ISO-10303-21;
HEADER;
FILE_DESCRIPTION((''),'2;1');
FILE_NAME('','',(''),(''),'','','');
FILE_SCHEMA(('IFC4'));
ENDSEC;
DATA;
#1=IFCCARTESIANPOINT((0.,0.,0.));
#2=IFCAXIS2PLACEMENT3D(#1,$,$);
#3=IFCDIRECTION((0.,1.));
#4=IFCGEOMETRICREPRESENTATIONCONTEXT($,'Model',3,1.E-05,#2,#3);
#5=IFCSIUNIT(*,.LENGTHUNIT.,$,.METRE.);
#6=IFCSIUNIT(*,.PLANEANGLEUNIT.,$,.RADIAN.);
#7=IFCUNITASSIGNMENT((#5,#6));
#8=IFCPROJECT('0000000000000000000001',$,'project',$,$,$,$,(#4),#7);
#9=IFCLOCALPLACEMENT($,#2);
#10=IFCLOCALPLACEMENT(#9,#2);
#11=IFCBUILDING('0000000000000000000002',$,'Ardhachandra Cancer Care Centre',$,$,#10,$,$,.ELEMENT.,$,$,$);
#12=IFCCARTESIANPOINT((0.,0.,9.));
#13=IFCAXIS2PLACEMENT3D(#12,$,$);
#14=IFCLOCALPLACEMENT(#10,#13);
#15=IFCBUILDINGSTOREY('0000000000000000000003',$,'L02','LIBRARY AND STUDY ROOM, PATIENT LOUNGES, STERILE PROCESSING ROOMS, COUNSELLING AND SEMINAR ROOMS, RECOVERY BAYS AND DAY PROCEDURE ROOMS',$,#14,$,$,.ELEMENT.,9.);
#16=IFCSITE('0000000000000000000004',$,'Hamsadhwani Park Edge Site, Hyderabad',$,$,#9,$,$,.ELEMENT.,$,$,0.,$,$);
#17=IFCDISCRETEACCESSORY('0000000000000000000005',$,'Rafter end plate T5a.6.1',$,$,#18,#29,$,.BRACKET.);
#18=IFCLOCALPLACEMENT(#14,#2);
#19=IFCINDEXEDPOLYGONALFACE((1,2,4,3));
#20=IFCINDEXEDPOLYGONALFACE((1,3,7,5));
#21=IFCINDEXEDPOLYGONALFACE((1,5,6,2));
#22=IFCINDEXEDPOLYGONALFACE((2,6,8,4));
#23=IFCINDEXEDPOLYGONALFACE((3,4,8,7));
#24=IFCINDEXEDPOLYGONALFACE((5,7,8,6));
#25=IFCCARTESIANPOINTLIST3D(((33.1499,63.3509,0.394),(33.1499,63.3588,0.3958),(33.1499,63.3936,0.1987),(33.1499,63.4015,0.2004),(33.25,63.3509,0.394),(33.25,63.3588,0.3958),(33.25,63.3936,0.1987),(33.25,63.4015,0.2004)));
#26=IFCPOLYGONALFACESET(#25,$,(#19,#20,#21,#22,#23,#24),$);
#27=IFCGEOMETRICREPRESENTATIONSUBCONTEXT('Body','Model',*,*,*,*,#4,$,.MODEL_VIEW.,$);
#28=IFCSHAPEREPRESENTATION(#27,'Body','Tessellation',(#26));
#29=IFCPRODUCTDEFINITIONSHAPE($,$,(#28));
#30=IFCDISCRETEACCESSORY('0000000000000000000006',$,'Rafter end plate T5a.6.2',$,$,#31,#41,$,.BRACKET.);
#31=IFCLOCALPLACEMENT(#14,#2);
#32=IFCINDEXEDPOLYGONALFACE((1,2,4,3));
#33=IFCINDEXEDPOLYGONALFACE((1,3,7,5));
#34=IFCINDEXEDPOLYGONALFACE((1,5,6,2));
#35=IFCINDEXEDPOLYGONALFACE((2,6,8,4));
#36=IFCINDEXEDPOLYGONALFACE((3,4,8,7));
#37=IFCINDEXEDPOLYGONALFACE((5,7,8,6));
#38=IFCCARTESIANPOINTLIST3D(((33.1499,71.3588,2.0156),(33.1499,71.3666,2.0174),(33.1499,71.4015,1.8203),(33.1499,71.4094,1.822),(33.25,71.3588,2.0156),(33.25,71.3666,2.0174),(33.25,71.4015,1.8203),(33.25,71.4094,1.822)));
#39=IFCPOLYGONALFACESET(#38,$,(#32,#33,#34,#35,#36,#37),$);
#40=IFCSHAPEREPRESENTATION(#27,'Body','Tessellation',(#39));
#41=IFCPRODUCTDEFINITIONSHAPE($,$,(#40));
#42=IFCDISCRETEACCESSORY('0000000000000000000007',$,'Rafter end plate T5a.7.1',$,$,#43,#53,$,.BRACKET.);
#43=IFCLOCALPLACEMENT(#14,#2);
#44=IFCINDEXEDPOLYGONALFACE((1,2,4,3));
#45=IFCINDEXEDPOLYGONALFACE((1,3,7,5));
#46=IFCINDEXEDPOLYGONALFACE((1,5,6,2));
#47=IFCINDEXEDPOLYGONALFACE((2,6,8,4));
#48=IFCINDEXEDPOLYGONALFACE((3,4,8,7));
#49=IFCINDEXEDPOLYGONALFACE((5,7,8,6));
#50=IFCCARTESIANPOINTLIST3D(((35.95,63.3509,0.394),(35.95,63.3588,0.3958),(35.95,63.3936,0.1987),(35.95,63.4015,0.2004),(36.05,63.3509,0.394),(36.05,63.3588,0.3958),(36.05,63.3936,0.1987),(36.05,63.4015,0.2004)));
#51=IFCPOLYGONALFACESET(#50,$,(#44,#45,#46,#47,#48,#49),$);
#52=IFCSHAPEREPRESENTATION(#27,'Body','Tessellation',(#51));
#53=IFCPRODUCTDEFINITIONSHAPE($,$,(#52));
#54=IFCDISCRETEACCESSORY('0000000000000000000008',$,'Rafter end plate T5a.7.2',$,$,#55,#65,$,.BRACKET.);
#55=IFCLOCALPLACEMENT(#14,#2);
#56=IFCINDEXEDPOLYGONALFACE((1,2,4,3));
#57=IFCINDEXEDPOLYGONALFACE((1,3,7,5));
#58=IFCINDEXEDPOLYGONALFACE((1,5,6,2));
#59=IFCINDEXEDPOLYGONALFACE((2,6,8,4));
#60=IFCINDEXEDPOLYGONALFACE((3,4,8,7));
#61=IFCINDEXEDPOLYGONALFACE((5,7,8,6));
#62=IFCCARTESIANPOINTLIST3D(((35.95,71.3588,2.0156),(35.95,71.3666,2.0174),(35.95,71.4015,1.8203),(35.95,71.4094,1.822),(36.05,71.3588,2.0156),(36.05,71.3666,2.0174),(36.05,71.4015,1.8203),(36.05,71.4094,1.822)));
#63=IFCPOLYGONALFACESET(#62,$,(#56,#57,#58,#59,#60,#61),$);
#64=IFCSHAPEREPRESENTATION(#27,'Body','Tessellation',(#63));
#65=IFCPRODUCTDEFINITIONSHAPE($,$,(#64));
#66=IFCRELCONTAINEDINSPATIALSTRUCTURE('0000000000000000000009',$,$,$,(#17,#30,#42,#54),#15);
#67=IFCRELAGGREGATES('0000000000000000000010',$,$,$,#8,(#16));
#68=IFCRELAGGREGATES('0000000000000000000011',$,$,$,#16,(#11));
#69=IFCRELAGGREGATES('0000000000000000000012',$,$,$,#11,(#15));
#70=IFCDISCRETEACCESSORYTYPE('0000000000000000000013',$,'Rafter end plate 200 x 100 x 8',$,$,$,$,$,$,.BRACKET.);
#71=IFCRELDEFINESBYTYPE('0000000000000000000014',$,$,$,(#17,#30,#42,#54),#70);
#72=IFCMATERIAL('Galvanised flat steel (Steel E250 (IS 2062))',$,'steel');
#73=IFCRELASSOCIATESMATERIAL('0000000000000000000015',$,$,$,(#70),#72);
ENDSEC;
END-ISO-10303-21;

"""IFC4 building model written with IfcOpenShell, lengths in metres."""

from ifc_helpers import new_model, si_unit, direction, frame, origin, origin_2d, place, context, subcontext, project, spatial, rectangle, extrude, material, material_profile, profile_set, type_object, element, save


model = new_model("IFC4")

# Units and contexts
model_context = context("Model", 3, precision=1e-05, world=origin(), true_north=direction((0.0, 1.0)))
body_context = subcontext(model_context, "Body", "Model", "MODEL_VIEW")
ifc_project = project(units=[si_unit("LENGTHUNIT", "METRE"), si_unit("PLANEANGLEUNIT", "RADIAN")], contexts=[model_context])

# Site, building, storey
site_placement = place(None, origin())
site = spatial("IfcSite", under=ifc_project, at=site_placement, Name="Hamsadhwani Park Edge Site, Hyderabad", CompositionType="ELEMENT", RefElevation=0.0)
building_placement = place(site_placement, origin())
building = spatial("IfcBuilding", under=site, at=building_placement, Name="Ardhachandra Cancer Care Centre", CompositionType="ELEMENT")
storey_placement = place(building_placement, frame((0.0, 0.0, 9.0)))
storey = spatial("IfcBuildingStorey", under=building, at=storey_placement, Name="L02", Description="LIBRARY AND STUDY ROOM, PATIENT LOUNGES, STERILE PROCESSING ROOMS, COUNSELLING AND SEMINAR ROOMS, RECOVERY BAYS AND DAY PROCEDURE ROOMS", CompositionType="ELEMENT", Elevation=9.0)

# Discrete accessories
ifc_material_1 = material(Name="Galvanised flat steel (Steel E250 (IS 2062))", Category="steel")
ifc_material_profile_1 = material_profile(ifc_material_1, rectangle(XDim=0.1001, YDim=0.2, at=origin_2d()), Name="Rafter end plate 200 x 100 x 8")
ifc_profile_set_1 = profile_set([ifc_material_profile_1], Name="Galvanised flat steel (Steel E250 (IS 2062))")
discrete_accessory_type = type_object("IfcDiscreteAccessoryType", Name="Rafter end plate 200 x 100 x 8", PredefinedType="BRACKET", material=ifc_profile_set_1)
for number, where, z_axis, x_axis, name in (
    (1, (33.2, 63.3801, 0.2981), (0.0, -0.9769, -0.213697), (1.0, 0.0, 0.0), "Rafter end plate T5a.6.1"),
    (2, (33.2, 71.3801, 1.918), (0.0, 0.9769, 0.213697), (-1.0, 0.0, 0.0), "Rafter end plate T5a.6.2"),
    (3, (36.0, 63.3801, 0.2981), (0.0, -0.9769, -0.213697), (1.0, 0.0, 0.0), "Rafter end plate T5a.7.1"),
    (4, (36.0, 71.3801, 1.918), (0.0, 0.9769, 0.213697), (-1.0, 0.0, 0.0), "Rafter end plate T5a.7.2"),
):
    element("IfcDiscreteAccessory", number, at=place(storey_placement, frame(where, z_axis=z_axis, x_axis=x_axis)), inside=storey, type_object=discrete_accessory_type, Name=name, PredefinedType="BRACKET", context=body_context, shape_type="SweptSolid", body=[
        extrude(rectangle(XDim=0.1001, YDim=0.2, at=origin_2d()), origin(), (0.0, 0.0, 1.0), 0.0081),
    ])

save(model, "model.ifc")
